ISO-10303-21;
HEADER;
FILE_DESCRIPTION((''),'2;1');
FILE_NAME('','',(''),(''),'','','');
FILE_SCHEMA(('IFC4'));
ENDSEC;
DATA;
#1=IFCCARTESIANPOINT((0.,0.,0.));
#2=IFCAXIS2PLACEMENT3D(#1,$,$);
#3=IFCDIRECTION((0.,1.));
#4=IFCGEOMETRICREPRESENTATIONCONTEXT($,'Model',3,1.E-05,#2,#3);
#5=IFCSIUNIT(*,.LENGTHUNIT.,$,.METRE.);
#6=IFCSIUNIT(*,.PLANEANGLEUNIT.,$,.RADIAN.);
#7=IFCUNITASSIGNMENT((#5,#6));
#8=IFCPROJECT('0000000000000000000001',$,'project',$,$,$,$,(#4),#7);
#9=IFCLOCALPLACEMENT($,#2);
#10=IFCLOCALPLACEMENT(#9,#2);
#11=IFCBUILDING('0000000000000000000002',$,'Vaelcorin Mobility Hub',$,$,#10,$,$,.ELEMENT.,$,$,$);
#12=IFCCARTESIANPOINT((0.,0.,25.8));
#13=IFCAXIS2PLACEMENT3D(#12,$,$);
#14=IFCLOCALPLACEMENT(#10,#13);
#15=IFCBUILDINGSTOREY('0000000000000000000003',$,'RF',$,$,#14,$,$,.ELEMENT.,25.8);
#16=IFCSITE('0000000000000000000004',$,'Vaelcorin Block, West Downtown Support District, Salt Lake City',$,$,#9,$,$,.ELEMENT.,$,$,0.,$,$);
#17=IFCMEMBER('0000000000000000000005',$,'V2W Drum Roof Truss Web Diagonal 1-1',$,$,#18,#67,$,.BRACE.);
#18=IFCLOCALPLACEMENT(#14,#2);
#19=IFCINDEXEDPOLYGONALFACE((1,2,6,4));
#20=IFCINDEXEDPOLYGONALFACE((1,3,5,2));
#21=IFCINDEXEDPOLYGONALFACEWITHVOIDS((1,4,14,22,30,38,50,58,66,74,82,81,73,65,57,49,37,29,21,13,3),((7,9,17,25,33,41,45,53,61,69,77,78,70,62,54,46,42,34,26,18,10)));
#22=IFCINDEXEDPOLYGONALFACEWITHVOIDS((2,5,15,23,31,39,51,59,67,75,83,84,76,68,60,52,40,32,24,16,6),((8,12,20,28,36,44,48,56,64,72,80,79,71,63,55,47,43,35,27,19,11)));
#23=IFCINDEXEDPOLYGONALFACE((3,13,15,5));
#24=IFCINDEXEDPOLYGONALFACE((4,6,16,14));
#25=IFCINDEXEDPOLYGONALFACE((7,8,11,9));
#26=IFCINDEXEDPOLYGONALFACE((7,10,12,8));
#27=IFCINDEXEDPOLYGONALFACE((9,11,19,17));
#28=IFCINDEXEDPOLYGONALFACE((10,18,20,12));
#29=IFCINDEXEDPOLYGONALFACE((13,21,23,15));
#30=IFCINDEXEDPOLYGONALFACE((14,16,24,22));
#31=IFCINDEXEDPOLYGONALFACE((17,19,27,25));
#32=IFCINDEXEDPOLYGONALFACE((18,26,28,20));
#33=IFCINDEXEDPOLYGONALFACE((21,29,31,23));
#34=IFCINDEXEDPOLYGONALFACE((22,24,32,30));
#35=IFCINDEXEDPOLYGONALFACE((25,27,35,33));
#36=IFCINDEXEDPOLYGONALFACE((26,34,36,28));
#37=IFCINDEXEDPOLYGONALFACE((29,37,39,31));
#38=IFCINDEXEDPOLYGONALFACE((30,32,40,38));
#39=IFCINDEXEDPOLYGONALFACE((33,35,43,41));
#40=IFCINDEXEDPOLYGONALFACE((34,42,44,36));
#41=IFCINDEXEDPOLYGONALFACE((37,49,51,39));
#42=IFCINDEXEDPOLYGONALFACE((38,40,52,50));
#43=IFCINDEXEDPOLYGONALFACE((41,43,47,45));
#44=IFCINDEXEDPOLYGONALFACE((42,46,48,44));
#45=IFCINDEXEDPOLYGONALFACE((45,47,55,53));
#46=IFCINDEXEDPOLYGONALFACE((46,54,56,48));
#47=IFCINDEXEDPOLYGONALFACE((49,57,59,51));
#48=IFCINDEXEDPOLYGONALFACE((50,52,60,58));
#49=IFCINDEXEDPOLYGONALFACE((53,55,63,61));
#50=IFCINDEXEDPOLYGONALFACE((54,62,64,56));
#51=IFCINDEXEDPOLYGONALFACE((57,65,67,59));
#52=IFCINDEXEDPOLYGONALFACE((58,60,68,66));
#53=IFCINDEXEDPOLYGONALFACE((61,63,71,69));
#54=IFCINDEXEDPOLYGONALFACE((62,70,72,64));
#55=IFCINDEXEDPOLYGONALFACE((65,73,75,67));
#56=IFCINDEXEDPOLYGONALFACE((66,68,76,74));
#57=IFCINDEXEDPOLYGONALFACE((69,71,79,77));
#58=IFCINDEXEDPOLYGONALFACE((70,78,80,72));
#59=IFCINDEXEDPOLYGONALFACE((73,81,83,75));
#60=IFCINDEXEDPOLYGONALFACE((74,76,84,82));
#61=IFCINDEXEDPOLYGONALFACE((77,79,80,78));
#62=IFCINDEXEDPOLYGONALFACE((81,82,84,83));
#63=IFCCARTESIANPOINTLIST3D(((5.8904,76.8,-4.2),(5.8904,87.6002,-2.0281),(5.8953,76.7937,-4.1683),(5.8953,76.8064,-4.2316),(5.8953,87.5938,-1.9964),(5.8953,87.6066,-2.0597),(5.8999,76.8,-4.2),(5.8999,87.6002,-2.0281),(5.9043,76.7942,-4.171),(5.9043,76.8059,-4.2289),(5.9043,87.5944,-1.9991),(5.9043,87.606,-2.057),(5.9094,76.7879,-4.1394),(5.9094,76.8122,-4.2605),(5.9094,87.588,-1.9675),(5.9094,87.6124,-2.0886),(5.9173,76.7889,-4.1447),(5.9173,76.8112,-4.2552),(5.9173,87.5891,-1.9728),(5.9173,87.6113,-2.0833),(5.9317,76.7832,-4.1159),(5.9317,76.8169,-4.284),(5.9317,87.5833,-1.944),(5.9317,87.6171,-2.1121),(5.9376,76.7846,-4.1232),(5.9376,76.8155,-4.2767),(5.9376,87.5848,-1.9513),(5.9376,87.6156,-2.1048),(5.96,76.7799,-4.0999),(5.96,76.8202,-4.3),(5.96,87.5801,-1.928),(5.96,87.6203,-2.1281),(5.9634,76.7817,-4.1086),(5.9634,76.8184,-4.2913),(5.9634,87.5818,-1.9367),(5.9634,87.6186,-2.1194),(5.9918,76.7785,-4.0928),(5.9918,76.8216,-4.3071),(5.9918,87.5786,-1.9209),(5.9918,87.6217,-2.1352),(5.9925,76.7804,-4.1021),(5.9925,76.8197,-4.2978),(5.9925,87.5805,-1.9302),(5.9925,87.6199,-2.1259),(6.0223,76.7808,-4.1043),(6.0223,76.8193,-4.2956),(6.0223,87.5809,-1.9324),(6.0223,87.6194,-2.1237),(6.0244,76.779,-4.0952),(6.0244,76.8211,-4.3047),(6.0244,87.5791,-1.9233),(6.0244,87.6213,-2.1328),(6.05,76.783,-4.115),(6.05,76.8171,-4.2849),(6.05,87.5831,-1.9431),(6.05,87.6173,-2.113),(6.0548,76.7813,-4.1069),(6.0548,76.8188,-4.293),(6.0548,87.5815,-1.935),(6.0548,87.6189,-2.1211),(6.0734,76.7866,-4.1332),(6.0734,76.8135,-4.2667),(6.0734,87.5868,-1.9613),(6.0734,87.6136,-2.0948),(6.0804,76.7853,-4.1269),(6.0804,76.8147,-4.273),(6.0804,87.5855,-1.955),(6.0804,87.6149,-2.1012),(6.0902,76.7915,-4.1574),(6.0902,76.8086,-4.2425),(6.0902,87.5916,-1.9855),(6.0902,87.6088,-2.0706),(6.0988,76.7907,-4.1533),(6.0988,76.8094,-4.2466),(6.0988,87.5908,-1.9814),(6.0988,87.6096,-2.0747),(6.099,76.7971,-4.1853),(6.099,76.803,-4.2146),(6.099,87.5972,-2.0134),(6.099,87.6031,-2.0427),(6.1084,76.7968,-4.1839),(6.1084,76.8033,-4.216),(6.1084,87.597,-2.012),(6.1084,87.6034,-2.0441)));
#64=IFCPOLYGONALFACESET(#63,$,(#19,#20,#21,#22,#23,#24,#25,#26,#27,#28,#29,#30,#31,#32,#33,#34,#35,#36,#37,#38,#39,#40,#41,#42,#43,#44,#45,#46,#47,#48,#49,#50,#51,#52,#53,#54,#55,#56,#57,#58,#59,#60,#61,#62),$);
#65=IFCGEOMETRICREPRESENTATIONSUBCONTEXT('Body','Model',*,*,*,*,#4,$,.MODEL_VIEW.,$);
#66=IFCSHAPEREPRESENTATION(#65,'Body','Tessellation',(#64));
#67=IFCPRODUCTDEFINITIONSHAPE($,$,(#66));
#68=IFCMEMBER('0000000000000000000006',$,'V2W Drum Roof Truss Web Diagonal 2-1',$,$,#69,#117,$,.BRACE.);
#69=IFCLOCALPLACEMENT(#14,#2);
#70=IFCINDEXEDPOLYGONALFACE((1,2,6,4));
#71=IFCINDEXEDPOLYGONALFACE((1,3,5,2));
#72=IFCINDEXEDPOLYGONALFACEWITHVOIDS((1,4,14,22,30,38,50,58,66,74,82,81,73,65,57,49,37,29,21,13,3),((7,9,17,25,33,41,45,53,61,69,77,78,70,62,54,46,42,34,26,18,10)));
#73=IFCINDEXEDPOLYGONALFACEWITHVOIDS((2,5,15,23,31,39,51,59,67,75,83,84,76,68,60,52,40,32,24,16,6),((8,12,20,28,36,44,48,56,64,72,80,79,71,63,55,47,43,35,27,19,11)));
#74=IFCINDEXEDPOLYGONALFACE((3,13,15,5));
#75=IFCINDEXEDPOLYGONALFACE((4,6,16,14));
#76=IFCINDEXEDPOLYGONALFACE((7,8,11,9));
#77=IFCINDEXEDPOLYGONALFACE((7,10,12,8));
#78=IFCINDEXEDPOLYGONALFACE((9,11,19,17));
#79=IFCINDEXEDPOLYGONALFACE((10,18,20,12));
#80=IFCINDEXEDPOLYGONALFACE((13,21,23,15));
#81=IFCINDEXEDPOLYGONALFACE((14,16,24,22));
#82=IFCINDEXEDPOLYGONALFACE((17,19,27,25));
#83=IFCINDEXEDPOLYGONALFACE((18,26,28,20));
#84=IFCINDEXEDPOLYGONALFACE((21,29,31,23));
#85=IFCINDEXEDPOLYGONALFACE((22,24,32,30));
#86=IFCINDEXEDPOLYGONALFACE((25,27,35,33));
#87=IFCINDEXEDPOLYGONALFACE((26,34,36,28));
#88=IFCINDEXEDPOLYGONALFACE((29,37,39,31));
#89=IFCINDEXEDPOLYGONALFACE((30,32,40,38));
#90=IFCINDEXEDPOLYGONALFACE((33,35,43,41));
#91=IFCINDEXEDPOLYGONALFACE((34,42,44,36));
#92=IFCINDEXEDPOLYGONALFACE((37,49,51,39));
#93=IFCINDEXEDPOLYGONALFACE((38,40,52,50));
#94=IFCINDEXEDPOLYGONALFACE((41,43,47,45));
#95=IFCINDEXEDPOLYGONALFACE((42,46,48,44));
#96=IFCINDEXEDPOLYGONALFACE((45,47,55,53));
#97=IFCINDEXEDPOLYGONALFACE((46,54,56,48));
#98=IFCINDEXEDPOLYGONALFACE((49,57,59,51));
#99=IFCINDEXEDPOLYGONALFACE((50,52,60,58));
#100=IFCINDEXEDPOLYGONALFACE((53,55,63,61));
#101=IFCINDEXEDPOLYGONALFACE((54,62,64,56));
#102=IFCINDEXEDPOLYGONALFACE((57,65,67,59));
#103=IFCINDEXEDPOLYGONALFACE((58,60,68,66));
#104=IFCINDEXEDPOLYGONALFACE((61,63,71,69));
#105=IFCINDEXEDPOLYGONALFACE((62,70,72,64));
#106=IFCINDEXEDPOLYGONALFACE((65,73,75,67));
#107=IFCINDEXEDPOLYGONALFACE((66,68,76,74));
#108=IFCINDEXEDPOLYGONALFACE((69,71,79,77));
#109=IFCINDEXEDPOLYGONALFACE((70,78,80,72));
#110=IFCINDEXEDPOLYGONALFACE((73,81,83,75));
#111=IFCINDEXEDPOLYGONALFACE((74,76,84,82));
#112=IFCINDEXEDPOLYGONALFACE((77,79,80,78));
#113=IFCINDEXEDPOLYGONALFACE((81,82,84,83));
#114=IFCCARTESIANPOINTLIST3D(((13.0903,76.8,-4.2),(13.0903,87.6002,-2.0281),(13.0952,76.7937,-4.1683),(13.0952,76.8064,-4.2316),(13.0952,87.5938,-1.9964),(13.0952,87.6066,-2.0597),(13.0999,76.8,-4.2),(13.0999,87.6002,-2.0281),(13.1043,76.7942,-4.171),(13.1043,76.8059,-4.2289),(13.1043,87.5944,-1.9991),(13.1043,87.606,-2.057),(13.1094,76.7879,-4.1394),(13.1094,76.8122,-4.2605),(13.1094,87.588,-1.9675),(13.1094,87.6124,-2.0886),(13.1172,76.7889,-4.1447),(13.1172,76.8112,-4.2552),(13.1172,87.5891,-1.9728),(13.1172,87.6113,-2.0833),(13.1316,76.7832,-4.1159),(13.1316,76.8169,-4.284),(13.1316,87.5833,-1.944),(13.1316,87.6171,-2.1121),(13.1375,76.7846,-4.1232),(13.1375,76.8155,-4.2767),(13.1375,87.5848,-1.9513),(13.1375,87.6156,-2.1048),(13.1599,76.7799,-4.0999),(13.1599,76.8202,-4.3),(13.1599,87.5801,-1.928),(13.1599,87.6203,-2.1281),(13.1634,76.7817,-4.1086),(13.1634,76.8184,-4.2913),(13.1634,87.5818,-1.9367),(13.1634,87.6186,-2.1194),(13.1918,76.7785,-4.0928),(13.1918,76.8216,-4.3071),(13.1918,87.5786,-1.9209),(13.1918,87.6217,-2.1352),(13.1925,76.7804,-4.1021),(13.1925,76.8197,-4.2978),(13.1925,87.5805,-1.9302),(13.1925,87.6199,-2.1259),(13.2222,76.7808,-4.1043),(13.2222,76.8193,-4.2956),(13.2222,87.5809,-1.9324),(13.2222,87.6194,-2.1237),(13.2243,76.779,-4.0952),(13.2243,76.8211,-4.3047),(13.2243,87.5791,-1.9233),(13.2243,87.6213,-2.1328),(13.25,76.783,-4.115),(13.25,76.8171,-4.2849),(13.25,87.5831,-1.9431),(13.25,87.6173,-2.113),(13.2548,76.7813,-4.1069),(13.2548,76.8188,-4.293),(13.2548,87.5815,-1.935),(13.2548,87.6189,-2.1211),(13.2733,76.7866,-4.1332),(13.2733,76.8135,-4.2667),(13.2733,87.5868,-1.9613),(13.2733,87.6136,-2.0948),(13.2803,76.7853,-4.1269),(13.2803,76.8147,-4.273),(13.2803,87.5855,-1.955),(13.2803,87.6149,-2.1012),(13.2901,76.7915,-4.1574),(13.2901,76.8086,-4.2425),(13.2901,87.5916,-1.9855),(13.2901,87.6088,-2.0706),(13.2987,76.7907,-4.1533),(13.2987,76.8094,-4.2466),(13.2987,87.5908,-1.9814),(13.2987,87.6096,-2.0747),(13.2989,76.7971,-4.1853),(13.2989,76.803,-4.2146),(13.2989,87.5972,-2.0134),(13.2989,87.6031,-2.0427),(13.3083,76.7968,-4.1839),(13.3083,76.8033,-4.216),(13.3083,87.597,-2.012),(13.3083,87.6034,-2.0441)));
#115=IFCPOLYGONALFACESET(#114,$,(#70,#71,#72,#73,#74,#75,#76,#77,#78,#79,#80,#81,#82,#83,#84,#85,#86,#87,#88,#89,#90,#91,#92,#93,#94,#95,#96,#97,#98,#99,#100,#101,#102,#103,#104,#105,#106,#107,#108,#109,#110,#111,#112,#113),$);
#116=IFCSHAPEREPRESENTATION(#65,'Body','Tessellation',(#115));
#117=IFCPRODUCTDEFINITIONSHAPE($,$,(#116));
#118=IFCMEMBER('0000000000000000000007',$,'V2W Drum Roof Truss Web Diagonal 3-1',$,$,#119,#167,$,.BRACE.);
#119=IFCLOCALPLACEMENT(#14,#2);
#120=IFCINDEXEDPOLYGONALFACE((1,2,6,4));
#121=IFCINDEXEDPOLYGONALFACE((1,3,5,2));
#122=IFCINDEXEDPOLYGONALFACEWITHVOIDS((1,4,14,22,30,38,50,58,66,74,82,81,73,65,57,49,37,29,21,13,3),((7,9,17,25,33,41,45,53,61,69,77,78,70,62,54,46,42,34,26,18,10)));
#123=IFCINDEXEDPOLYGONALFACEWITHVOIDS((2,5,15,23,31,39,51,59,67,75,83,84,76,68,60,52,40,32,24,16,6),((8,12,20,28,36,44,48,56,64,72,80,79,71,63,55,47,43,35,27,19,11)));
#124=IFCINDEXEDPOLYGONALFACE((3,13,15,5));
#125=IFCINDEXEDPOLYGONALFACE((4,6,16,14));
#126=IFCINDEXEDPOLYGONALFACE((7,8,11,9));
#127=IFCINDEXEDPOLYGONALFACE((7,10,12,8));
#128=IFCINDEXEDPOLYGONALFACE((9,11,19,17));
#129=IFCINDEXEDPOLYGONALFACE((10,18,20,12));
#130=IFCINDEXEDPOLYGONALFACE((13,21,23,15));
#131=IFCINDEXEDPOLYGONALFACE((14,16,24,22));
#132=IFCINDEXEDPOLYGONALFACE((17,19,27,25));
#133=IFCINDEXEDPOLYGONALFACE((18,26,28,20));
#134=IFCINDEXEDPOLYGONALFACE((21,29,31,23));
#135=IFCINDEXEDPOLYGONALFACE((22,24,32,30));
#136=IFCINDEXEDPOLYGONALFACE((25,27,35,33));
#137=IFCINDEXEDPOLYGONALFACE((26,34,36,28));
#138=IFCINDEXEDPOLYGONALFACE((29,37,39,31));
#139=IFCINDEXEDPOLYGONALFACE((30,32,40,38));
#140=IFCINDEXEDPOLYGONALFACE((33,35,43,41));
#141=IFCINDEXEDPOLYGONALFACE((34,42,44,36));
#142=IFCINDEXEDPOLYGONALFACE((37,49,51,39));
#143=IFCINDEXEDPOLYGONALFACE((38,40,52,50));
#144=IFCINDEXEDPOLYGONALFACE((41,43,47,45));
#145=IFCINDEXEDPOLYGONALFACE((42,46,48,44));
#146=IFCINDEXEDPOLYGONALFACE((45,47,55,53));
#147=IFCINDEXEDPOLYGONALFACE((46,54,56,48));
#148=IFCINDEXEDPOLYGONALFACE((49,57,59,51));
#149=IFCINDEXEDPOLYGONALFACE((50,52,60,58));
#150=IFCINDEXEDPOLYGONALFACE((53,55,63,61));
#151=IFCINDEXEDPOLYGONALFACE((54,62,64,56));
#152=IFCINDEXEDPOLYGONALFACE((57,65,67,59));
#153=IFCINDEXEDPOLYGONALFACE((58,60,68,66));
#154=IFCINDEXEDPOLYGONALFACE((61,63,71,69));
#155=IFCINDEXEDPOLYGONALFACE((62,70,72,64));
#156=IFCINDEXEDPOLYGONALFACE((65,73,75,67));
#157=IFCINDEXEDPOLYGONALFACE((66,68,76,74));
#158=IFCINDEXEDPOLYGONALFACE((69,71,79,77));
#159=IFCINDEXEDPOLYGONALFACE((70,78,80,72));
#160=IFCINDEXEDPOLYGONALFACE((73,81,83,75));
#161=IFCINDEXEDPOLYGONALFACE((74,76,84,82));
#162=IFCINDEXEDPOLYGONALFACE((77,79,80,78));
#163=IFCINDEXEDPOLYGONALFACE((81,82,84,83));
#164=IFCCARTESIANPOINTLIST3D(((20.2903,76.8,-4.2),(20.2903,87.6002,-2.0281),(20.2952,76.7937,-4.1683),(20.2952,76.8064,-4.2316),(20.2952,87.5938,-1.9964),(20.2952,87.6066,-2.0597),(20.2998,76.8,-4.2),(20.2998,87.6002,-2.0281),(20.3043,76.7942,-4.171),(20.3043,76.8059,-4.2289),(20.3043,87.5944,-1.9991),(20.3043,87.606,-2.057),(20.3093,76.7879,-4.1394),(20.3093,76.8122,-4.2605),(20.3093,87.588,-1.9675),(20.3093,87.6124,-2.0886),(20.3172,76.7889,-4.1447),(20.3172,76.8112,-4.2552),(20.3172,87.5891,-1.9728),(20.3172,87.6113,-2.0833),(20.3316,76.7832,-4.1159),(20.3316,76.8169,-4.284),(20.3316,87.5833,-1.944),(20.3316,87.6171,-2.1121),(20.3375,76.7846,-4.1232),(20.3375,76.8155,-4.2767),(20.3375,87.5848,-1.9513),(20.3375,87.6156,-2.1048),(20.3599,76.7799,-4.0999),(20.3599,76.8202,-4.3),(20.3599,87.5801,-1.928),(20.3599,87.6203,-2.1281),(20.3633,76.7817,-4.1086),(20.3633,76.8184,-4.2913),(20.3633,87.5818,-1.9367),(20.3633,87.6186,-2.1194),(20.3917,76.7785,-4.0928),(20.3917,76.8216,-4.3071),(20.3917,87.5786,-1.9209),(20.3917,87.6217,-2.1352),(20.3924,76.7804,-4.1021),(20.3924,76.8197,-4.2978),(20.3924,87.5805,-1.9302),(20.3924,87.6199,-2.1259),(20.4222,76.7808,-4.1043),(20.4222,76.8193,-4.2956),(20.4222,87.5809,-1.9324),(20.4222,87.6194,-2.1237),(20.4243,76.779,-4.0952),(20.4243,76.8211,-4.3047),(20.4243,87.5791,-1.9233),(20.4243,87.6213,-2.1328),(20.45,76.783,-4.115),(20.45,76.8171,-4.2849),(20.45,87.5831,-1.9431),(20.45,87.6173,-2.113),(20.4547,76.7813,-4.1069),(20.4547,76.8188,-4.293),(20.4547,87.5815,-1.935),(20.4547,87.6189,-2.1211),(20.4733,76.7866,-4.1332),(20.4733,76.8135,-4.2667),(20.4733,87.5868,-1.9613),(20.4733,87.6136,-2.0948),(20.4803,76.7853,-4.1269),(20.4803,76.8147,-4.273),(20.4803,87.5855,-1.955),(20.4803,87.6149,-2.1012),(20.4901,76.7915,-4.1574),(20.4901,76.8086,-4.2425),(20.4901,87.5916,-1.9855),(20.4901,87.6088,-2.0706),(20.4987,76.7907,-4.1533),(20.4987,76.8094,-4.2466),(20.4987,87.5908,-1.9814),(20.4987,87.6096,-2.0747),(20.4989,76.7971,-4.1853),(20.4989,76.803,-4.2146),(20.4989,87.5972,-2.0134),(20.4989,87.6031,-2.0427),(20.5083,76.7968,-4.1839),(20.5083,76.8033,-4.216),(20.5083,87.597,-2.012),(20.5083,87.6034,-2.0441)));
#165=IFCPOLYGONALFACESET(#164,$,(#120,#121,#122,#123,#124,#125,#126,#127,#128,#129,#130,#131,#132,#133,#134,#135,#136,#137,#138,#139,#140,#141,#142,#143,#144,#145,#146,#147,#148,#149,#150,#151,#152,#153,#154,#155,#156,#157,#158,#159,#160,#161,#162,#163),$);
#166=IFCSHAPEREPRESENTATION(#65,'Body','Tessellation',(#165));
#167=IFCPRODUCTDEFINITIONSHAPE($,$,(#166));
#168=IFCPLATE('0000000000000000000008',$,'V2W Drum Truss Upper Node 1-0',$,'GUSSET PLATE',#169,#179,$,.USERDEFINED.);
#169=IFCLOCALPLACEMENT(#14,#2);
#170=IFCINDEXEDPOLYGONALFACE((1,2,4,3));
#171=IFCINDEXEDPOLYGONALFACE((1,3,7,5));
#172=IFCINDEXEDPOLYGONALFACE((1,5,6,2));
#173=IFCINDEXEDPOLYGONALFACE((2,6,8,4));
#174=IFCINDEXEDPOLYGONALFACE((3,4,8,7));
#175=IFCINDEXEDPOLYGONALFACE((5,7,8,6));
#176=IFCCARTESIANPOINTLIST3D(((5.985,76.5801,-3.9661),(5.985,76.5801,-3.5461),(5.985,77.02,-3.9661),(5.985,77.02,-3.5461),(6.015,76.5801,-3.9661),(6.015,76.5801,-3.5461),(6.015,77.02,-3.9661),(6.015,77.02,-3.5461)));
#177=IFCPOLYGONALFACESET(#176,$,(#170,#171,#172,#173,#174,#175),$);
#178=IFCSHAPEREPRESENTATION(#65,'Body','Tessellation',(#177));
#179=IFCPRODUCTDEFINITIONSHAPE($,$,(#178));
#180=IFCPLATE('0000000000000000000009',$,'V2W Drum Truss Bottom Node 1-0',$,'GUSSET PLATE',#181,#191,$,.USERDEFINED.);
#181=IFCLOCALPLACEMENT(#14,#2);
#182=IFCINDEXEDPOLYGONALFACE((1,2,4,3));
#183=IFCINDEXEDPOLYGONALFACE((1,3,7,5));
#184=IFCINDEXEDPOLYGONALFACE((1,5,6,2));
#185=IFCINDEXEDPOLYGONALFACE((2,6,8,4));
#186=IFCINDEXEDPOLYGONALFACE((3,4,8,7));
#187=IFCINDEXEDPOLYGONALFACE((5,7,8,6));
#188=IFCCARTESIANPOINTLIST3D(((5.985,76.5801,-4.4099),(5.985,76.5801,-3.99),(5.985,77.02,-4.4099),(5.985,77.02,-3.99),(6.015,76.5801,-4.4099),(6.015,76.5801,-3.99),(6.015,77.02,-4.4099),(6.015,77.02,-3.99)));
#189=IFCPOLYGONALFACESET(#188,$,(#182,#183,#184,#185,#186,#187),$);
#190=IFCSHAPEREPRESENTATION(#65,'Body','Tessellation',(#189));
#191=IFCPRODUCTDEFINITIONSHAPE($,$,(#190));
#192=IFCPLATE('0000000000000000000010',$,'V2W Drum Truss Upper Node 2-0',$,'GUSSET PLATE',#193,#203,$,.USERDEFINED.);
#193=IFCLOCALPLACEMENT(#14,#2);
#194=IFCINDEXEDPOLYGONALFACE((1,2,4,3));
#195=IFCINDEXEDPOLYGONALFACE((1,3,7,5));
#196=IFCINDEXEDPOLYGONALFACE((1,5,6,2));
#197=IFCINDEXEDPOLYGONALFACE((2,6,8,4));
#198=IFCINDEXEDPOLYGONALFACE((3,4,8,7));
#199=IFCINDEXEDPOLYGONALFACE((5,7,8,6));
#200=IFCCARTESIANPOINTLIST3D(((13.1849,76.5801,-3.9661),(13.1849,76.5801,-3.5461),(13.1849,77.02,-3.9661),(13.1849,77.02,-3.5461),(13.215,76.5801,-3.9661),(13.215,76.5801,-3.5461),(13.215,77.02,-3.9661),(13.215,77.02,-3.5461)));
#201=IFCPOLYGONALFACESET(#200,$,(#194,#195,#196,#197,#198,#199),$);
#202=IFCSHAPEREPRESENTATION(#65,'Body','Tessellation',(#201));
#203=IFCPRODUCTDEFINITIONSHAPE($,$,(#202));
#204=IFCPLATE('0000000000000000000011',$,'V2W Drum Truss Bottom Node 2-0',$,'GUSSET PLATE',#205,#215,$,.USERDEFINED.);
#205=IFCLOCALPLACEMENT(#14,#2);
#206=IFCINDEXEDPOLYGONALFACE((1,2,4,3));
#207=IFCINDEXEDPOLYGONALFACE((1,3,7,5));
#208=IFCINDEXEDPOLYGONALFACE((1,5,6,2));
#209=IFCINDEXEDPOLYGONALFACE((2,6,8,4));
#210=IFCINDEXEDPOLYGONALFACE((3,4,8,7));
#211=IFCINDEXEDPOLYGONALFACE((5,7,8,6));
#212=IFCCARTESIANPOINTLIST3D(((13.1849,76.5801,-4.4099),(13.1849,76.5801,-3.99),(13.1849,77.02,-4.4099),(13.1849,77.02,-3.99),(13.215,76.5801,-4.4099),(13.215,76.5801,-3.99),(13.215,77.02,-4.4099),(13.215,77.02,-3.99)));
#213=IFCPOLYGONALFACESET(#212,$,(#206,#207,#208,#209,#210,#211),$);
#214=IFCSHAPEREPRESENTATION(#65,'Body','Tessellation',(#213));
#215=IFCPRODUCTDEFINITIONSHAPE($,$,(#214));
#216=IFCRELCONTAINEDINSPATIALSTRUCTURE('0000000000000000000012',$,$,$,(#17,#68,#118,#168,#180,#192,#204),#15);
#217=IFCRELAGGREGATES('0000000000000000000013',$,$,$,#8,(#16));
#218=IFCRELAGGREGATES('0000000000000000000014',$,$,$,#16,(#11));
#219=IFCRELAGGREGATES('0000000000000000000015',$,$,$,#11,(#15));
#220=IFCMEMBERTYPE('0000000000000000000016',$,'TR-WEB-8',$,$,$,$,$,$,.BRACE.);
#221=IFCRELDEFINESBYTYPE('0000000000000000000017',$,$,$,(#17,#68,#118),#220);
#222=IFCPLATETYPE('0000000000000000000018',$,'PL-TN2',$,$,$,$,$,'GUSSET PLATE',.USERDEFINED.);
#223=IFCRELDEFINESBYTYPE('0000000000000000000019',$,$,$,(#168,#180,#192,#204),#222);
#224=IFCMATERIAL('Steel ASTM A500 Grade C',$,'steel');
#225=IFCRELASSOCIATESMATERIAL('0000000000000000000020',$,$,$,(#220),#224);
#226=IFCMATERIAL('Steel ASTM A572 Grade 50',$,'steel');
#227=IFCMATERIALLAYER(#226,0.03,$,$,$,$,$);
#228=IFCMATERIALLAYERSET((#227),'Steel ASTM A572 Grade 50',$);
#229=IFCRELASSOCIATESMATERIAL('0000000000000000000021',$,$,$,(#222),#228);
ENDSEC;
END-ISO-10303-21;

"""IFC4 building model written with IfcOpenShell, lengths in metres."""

from ifc_helpers import new_model, si_unit, direction, frame, origin, origin_2d, place, context, subcontext, project, spatial, rectangle, hollow_circle, extrude, material, layer, layer_set, material_profile, profile_set, type_object, element, save


model = new_model("IFC4")

# Units and contexts
model_context = context("Model", 3, precision=1e-05, world=origin(), true_north=direction((0.0, 1.0)))
body_context = subcontext(model_context, "Body", "Model", "MODEL_VIEW")
ifc_project = project(units=[si_unit("LENGTHUNIT", "METRE"), si_unit("PLANEANGLEUNIT", "RADIAN")], contexts=[model_context])

# Site, building, storey
site_placement = place(None, origin())
site = spatial("IfcSite", under=ifc_project, at=site_placement, Name="Vaelcorin Block, West Downtown Support District, Salt Lake City", CompositionType="ELEMENT", RefElevation=0.0)
building_placement = place(site_placement, origin())
building = spatial("IfcBuilding", under=site, at=building_placement, Name="Vaelcorin Mobility Hub", CompositionType="ELEMENT")
storey_placement = place(building_placement, frame((0.0, 0.0, 25.8)))
storey = spatial("IfcBuildingStorey", under=building, at=storey_placement, Name="RF", CompositionType="ELEMENT", Elevation=25.8)

# Shared definitions
ifc_material_1 = material(Name="Steel ASTM A500 Grade C", Category="steel")

# Members
ifc_material_profile_1 = material_profile(ifc_material_1, hollow_circle(Radius=0.1096, WallThickness=0.0095, at=origin_2d()), Name="HSS8.625X0.375")
ifc_profile_set_1 = profile_set([ifc_material_profile_1], Name="Steel ASTM A500 Grade C")
member_type_1 = type_object("IfcMemberType", Name="TR-WEB-8", PredefinedType="BRACE", material=ifc_profile_set_1)
for number, where, z_axis, x_axis, name in (
    (1, (6.0, 76.8, -4.2), (0.0, 0.980373, 0.197152), (-1.0, 0.0, 0.0), "V2W Drum Roof Truss Web Diagonal 1-1"),
    (2, (13.2, 76.8, -4.2), (0.0, 0.980373, 0.197152), (-1.0, 0.0, 0.0), "V2W Drum Roof Truss Web Diagonal 2-1"),
    (3, (20.3999, 76.8, -4.2), (0.0, 0.980373, 0.197152), (-1.0, 0.0, 0.0), "V2W Drum Roof Truss Web Diagonal 3-1"),
):
    element("IfcMember", number, at=place(storey_placement, frame(where, z_axis=z_axis, x_axis=x_axis)), inside=storey, type_object=member_type_1, Name=name, PredefinedType="BRACE", context=body_context, shape_type="SweptSolid", body=[
        extrude(hollow_circle(Radius=0.1096, WallThickness=0.0095, at=origin_2d()), origin(), (0.0, 0.0, 1.0), 11.0164),
    ])

# Plates
ifc_material_2 = material(Name="Steel ASTM A572 Grade 50", Category="steel")
ifc_layer_1 = layer(ifc_material_2, 0.03)
ifc_layer_set_1 = layer_set([ifc_layer_1], Name="Steel ASTM A572 Grade 50")
plate_type = type_object("IfcPlateType", Name="PL-TN2", ElementType="GUSSET PLATE", PredefinedType="USERDEFINED", material=ifc_layer_set_1)
for number, where, z_axis, x_axis, name in (
    (4, (6.0, 76.8, -3.9661), (0.0, 0.0, 1.0), (1.0, 0.0, 0.0), "V2W Drum Truss Upper Node 1-0"),
    (5, (6.0, 76.8, -4.4099), (0.0, 0.0, 1.0), (1.0, 0.0, 0.0), "V2W Drum Truss Bottom Node 1-0"),
    (6, (13.2, 76.8, -3.9661), (0.0, 0.0, 1.0), (1.0, 0.0, 0.0), "V2W Drum Truss Upper Node 2-0"),
    (7, (13.2, 76.8, -4.4099), (0.0, 0.0, 1.0), (1.0, 0.0, 0.0), "V2W Drum Truss Bottom Node 2-0"),
):
    element("IfcPlate", number, at=place(storey_placement, frame(where, z_axis=z_axis, x_axis=x_axis)), inside=storey, type_object=plate_type, Name=name, ObjectType="GUSSET PLATE", PredefinedType="USERDEFINED", context=body_context, shape_type="SweptSolid", body=[
        extrude(rectangle(XDim=0.03, YDim=0.4399, at=origin_2d()), origin(), (0.0, 0.0, 1.0), 0.4199),
    ])

save(model, "model.ifc")
